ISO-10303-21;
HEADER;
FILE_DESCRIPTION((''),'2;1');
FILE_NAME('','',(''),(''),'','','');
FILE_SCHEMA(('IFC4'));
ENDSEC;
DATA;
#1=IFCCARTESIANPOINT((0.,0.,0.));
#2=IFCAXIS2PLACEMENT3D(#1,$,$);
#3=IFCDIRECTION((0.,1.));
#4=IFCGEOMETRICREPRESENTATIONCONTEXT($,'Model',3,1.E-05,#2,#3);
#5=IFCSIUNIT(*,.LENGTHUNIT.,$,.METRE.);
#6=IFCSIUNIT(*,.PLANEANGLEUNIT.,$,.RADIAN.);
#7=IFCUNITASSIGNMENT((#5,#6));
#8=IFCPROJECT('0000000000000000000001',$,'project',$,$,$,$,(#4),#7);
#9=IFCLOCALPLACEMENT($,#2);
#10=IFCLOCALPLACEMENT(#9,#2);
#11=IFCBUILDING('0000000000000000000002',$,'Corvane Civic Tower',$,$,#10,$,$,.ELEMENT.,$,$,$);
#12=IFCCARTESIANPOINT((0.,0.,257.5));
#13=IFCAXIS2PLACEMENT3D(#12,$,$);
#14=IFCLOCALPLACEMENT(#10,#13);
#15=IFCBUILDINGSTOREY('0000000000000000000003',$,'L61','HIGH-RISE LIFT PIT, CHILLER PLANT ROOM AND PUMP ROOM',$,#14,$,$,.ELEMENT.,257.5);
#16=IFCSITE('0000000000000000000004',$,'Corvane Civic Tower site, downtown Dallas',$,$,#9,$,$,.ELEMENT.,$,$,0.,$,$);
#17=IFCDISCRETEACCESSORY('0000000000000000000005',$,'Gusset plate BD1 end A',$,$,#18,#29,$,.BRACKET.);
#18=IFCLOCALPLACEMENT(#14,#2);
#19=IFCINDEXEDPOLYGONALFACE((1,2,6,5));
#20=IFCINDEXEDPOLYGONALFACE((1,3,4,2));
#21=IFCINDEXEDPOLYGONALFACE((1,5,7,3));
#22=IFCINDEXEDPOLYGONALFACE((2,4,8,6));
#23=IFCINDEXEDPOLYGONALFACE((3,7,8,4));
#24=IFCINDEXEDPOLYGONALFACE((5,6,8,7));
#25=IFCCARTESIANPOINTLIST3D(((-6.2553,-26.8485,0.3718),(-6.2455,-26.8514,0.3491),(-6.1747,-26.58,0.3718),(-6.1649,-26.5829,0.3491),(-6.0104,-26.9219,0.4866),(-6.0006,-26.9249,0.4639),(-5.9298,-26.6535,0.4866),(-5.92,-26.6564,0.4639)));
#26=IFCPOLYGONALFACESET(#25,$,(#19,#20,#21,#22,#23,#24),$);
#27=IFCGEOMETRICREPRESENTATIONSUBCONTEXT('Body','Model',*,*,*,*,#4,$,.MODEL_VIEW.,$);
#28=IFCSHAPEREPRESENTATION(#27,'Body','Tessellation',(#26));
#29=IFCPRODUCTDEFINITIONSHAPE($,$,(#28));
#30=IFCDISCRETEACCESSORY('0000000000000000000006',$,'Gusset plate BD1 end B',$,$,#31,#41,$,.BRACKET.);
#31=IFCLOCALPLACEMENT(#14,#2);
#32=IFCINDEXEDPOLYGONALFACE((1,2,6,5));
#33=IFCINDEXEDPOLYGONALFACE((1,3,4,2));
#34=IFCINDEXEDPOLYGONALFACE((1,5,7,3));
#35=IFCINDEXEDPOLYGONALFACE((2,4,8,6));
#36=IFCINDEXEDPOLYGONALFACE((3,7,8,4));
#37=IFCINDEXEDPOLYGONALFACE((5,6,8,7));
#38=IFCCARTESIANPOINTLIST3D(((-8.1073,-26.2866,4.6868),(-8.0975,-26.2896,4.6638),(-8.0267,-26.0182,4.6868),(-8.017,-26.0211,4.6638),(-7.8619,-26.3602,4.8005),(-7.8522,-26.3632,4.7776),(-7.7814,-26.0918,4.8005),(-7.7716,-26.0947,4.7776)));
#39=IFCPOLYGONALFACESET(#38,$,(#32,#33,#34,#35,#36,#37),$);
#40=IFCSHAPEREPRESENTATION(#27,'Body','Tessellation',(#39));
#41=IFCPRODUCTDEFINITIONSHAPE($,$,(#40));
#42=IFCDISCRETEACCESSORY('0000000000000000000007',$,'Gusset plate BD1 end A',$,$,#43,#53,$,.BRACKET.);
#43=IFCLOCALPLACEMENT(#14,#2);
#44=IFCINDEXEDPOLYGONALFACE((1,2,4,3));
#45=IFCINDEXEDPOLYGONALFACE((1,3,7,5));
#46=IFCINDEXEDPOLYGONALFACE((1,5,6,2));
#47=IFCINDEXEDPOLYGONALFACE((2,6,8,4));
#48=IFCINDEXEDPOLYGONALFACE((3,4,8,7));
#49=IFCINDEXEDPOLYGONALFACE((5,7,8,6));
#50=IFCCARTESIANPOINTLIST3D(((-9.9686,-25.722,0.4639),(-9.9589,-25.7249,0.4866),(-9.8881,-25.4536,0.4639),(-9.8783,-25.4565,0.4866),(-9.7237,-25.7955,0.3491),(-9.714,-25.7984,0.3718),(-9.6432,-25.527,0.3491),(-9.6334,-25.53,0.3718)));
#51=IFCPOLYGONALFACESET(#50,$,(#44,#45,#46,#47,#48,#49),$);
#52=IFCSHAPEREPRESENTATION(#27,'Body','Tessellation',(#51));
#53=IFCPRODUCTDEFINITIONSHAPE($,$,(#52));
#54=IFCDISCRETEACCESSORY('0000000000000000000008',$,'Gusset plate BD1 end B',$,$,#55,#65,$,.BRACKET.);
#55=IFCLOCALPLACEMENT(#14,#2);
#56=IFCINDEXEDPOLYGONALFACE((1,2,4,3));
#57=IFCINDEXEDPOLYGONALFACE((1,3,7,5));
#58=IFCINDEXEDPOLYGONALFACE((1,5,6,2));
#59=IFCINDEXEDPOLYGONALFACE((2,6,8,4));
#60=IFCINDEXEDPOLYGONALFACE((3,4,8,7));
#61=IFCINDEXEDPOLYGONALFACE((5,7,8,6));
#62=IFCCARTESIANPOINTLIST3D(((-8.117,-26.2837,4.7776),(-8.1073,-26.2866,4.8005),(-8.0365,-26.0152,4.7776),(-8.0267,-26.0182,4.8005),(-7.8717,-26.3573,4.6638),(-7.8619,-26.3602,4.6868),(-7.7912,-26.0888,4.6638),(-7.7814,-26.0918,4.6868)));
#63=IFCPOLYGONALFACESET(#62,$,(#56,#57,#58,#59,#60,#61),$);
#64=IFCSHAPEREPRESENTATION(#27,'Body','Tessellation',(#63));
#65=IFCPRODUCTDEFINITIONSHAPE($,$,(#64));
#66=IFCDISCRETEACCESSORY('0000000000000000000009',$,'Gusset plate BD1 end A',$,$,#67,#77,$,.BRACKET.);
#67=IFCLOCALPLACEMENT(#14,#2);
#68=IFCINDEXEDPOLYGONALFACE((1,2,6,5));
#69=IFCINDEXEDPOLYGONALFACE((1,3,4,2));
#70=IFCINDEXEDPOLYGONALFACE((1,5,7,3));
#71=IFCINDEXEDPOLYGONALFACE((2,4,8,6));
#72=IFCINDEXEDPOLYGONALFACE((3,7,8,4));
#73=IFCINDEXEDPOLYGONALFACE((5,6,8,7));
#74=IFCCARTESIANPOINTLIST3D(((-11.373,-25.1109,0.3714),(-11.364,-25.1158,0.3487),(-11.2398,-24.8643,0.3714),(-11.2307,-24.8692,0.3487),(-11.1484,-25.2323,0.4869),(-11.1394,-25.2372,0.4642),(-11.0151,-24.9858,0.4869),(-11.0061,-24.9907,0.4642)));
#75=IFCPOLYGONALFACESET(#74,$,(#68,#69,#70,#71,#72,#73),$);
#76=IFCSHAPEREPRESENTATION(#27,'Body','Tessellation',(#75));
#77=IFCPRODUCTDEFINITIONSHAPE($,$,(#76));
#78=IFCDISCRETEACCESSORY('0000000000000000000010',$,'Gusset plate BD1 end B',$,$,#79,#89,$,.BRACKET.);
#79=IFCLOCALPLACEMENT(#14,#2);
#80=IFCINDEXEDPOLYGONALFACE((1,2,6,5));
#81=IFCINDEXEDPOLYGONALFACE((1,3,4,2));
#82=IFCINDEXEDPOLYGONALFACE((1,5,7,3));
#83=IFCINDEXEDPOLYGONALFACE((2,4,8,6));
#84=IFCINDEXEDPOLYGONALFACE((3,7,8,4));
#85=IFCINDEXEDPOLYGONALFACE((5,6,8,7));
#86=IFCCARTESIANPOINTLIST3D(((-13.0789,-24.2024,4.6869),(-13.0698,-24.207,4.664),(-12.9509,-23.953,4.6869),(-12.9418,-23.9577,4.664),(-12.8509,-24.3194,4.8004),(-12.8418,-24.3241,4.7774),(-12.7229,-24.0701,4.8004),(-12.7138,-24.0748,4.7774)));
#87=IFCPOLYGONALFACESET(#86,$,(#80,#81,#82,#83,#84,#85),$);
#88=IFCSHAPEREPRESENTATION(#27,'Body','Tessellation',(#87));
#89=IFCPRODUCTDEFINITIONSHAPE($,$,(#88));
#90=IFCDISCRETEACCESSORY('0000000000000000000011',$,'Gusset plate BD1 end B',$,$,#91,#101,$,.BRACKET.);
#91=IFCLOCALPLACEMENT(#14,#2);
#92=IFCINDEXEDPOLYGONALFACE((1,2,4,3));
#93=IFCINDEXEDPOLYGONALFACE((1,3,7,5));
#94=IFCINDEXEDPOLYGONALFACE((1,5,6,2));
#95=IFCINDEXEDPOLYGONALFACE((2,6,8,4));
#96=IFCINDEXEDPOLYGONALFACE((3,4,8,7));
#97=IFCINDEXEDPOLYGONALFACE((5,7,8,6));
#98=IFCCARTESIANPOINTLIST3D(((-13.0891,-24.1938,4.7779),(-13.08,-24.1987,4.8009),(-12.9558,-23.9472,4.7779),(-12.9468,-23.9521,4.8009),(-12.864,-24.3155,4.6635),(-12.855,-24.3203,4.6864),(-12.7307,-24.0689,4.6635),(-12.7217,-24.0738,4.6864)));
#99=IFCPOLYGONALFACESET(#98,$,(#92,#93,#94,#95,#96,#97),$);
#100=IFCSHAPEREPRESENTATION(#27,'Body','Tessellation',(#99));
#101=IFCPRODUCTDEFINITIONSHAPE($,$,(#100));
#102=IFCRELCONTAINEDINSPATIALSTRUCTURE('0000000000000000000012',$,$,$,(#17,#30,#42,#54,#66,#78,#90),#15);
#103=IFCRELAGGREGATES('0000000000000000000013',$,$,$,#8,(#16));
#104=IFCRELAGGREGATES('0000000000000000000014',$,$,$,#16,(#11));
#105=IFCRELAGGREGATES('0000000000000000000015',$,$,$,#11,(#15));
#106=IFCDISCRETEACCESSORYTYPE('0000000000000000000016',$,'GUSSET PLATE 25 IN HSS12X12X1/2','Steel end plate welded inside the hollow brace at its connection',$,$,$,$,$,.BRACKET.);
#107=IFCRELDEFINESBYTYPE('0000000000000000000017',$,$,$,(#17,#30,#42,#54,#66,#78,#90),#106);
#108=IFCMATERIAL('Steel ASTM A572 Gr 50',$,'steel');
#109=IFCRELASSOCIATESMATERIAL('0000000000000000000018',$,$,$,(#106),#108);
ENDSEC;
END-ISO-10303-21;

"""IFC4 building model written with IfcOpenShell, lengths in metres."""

from ifc_helpers import new_model, si_unit, direction, frame, origin, origin_2d, place, context, subcontext, project, spatial, rectangle, extrude, material, material_profile, profile_set, type_object, element, save


model = new_model("IFC4")

# Units and contexts
model_context = context("Model", 3, precision=1e-05, world=origin(), true_north=direction((0.0, 1.0)))
body_context = subcontext(model_context, "Body", "Model", "MODEL_VIEW")
ifc_project = project(units=[si_unit("LENGTHUNIT", "METRE"), si_unit("PLANEANGLEUNIT", "RADIAN")], contexts=[model_context])

# Site, building, storey
site_placement = place(None, origin())
site = spatial("IfcSite", under=ifc_project, at=site_placement, Name="Corvane Civic Tower site, downtown Dallas", CompositionType="ELEMENT", RefElevation=0.0)
building_placement = place(site_placement, origin())
building = spatial("IfcBuilding", under=site, at=building_placement, Name="Corvane Civic Tower", CompositionType="ELEMENT")
storey_placement = place(building_placement, frame((0.0, 0.0, 257.5)))
storey = spatial("IfcBuildingStorey", under=building, at=storey_placement, Name="L61", Description="HIGH-RISE LIFT PIT, CHILLER PLANT ROOM AND PUMP ROOM", CompositionType="ELEMENT", Elevation=257.5)

# Discrete accessories
ifc_material_1 = material(Name="Steel ASTM A572 Gr 50", Category="steel")
ifc_material_profile_1 = material_profile(ifc_material_1, rectangle(XDim=0.2803, YDim=0.2803, at=origin_2d()), Name="GUSSET PLATE 25 IN HSS12X12X1/2")
ifc_profile_set_1 = profile_set([ifc_material_profile_1], Name="Steel ASTM A572 Gr 50")
discrete_accessory_type = type_object("IfcDiscreteAccessoryType", Name="GUSSET PLATE 25 IN HSS12X12X1/2", Description="Steel end plate welded inside the hollow brace at its connection", PredefinedType="BRACKET", material=ifc_profile_set_1)
discrete_accessory_1_placement = place(storey_placement, frame((-6.0828, -26.7539, 0.4065), z_axis=(-0.392364, 0.117709, 0.912247), x_axis=(-0.287348, -0.957826, 0.0)))
element("IfcDiscreteAccessory", 1, at=discrete_accessory_1_placement, inside=storey, type_object=discrete_accessory_type, Name="Gusset plate BD1 end A", PredefinedType="BRACKET", context=body_context, shape_type="SweptSolid", body=[
    extrude(rectangle(XDim=0.2803, YDim=0.2803, at=origin_2d()), origin(), (0.0, 0.0, 1.0), 0.0249),
])
discrete_accessory_2_placement = place(storey_placement, frame((-7.9443, -26.1892, 4.7437), z_axis=(0.388881, -0.116664, -0.913871), x_axis=(0.287348, 0.957826, 0.0)))
element("IfcDiscreteAccessory", 2, at=discrete_accessory_2_placement, inside=storey, type_object=discrete_accessory_type, Name="Gusset plate BD1 end B", PredefinedType="BRACKET", context=body_context, shape_type="SweptSolid", body=[
    extrude(rectangle(XDim=0.2803, YDim=0.2803, at=origin_2d()), origin(), (0.0, 0.0, 1.0), 0.0251),
])
discrete_accessory_3_placement = place(storey_placement, frame((-9.8059, -25.6245, 0.4065), z_axis=(0.392364, -0.117709, 0.912247), x_axis=(0.287348, 0.957826, 0.0)))
element("IfcDiscreteAccessory", 3, at=discrete_accessory_3_placement, inside=storey, type_object=discrete_accessory_type, Name="Gusset plate BD1 end A", PredefinedType="BRACKET", context=body_context, shape_type="SweptSolid", body=[
    extrude(rectangle(XDim=0.2803, YDim=0.2803, at=origin_2d()), origin(), (0.0, 0.0, 1.0), 0.0249),
])
discrete_accessory_4_placement = place(storey_placement, frame((-7.9443, -26.1892, 4.7437), z_axis=(-0.388881, 0.116664, -0.913871), x_axis=(-0.287348, -0.957826, 0.0)))
element("IfcDiscreteAccessory", 4, at=discrete_accessory_4_placement, inside=storey, type_object=discrete_accessory_type, Name="Gusset plate BD1 end B", PredefinedType="BRACKET", context=body_context, shape_type="SweptSolid", body=[
    extrude(rectangle(XDim=0.2803, YDim=0.2803, at=origin_2d()), origin(), (0.0, 0.0, 1.0), 0.0251),
])
discrete_accessory_5_placement = place(storey_placement, frame((-11.1851, -25.0532, 0.4065), z_axis=(-0.362501, 0.195947, 0.911152), x_axis=(-0.475517, -0.879707, 0.0)))
element("IfcDiscreteAccessory", 5, at=discrete_accessory_5_placement, inside=storey, type_object=discrete_accessory_type, Name="Gusset plate BD1 end A", PredefinedType="BRACKET", context=body_context, shape_type="SweptSolid", body=[
    extrude(rectangle(XDim=0.2803, YDim=0.2803, at=origin_2d()), origin(), (0.0, 0.0, 1.0), 0.0249),
])
for number, where, z_axis, x_axis, name in (
    (6, (-12.9009, -24.1362, 4.7437), (0.359954, -0.184841, -0.914477), (0.456805, 0.889567, 0.0), "Gusset plate BD1 end B"),
    (7, (-12.9009, -24.1362, 4.7437), (-0.359291, 0.194211, -0.912793), (-0.475517, -0.879707, 0.0), "Gusset plate BD1 end B"),
):
    element("IfcDiscreteAccessory", number, at=place(storey_placement, frame(where, z_axis=z_axis, x_axis=x_axis)), inside=storey, type_object=discrete_accessory_type, Name=name, PredefinedType="BRACKET", context=body_context, shape_type="SweptSolid", body=[
        extrude(rectangle(XDim=0.2803, YDim=0.2803, at=origin_2d()), origin(), (0.0, 0.0, 1.0), 0.0251),
    ])

save(model, "model.ifc")
